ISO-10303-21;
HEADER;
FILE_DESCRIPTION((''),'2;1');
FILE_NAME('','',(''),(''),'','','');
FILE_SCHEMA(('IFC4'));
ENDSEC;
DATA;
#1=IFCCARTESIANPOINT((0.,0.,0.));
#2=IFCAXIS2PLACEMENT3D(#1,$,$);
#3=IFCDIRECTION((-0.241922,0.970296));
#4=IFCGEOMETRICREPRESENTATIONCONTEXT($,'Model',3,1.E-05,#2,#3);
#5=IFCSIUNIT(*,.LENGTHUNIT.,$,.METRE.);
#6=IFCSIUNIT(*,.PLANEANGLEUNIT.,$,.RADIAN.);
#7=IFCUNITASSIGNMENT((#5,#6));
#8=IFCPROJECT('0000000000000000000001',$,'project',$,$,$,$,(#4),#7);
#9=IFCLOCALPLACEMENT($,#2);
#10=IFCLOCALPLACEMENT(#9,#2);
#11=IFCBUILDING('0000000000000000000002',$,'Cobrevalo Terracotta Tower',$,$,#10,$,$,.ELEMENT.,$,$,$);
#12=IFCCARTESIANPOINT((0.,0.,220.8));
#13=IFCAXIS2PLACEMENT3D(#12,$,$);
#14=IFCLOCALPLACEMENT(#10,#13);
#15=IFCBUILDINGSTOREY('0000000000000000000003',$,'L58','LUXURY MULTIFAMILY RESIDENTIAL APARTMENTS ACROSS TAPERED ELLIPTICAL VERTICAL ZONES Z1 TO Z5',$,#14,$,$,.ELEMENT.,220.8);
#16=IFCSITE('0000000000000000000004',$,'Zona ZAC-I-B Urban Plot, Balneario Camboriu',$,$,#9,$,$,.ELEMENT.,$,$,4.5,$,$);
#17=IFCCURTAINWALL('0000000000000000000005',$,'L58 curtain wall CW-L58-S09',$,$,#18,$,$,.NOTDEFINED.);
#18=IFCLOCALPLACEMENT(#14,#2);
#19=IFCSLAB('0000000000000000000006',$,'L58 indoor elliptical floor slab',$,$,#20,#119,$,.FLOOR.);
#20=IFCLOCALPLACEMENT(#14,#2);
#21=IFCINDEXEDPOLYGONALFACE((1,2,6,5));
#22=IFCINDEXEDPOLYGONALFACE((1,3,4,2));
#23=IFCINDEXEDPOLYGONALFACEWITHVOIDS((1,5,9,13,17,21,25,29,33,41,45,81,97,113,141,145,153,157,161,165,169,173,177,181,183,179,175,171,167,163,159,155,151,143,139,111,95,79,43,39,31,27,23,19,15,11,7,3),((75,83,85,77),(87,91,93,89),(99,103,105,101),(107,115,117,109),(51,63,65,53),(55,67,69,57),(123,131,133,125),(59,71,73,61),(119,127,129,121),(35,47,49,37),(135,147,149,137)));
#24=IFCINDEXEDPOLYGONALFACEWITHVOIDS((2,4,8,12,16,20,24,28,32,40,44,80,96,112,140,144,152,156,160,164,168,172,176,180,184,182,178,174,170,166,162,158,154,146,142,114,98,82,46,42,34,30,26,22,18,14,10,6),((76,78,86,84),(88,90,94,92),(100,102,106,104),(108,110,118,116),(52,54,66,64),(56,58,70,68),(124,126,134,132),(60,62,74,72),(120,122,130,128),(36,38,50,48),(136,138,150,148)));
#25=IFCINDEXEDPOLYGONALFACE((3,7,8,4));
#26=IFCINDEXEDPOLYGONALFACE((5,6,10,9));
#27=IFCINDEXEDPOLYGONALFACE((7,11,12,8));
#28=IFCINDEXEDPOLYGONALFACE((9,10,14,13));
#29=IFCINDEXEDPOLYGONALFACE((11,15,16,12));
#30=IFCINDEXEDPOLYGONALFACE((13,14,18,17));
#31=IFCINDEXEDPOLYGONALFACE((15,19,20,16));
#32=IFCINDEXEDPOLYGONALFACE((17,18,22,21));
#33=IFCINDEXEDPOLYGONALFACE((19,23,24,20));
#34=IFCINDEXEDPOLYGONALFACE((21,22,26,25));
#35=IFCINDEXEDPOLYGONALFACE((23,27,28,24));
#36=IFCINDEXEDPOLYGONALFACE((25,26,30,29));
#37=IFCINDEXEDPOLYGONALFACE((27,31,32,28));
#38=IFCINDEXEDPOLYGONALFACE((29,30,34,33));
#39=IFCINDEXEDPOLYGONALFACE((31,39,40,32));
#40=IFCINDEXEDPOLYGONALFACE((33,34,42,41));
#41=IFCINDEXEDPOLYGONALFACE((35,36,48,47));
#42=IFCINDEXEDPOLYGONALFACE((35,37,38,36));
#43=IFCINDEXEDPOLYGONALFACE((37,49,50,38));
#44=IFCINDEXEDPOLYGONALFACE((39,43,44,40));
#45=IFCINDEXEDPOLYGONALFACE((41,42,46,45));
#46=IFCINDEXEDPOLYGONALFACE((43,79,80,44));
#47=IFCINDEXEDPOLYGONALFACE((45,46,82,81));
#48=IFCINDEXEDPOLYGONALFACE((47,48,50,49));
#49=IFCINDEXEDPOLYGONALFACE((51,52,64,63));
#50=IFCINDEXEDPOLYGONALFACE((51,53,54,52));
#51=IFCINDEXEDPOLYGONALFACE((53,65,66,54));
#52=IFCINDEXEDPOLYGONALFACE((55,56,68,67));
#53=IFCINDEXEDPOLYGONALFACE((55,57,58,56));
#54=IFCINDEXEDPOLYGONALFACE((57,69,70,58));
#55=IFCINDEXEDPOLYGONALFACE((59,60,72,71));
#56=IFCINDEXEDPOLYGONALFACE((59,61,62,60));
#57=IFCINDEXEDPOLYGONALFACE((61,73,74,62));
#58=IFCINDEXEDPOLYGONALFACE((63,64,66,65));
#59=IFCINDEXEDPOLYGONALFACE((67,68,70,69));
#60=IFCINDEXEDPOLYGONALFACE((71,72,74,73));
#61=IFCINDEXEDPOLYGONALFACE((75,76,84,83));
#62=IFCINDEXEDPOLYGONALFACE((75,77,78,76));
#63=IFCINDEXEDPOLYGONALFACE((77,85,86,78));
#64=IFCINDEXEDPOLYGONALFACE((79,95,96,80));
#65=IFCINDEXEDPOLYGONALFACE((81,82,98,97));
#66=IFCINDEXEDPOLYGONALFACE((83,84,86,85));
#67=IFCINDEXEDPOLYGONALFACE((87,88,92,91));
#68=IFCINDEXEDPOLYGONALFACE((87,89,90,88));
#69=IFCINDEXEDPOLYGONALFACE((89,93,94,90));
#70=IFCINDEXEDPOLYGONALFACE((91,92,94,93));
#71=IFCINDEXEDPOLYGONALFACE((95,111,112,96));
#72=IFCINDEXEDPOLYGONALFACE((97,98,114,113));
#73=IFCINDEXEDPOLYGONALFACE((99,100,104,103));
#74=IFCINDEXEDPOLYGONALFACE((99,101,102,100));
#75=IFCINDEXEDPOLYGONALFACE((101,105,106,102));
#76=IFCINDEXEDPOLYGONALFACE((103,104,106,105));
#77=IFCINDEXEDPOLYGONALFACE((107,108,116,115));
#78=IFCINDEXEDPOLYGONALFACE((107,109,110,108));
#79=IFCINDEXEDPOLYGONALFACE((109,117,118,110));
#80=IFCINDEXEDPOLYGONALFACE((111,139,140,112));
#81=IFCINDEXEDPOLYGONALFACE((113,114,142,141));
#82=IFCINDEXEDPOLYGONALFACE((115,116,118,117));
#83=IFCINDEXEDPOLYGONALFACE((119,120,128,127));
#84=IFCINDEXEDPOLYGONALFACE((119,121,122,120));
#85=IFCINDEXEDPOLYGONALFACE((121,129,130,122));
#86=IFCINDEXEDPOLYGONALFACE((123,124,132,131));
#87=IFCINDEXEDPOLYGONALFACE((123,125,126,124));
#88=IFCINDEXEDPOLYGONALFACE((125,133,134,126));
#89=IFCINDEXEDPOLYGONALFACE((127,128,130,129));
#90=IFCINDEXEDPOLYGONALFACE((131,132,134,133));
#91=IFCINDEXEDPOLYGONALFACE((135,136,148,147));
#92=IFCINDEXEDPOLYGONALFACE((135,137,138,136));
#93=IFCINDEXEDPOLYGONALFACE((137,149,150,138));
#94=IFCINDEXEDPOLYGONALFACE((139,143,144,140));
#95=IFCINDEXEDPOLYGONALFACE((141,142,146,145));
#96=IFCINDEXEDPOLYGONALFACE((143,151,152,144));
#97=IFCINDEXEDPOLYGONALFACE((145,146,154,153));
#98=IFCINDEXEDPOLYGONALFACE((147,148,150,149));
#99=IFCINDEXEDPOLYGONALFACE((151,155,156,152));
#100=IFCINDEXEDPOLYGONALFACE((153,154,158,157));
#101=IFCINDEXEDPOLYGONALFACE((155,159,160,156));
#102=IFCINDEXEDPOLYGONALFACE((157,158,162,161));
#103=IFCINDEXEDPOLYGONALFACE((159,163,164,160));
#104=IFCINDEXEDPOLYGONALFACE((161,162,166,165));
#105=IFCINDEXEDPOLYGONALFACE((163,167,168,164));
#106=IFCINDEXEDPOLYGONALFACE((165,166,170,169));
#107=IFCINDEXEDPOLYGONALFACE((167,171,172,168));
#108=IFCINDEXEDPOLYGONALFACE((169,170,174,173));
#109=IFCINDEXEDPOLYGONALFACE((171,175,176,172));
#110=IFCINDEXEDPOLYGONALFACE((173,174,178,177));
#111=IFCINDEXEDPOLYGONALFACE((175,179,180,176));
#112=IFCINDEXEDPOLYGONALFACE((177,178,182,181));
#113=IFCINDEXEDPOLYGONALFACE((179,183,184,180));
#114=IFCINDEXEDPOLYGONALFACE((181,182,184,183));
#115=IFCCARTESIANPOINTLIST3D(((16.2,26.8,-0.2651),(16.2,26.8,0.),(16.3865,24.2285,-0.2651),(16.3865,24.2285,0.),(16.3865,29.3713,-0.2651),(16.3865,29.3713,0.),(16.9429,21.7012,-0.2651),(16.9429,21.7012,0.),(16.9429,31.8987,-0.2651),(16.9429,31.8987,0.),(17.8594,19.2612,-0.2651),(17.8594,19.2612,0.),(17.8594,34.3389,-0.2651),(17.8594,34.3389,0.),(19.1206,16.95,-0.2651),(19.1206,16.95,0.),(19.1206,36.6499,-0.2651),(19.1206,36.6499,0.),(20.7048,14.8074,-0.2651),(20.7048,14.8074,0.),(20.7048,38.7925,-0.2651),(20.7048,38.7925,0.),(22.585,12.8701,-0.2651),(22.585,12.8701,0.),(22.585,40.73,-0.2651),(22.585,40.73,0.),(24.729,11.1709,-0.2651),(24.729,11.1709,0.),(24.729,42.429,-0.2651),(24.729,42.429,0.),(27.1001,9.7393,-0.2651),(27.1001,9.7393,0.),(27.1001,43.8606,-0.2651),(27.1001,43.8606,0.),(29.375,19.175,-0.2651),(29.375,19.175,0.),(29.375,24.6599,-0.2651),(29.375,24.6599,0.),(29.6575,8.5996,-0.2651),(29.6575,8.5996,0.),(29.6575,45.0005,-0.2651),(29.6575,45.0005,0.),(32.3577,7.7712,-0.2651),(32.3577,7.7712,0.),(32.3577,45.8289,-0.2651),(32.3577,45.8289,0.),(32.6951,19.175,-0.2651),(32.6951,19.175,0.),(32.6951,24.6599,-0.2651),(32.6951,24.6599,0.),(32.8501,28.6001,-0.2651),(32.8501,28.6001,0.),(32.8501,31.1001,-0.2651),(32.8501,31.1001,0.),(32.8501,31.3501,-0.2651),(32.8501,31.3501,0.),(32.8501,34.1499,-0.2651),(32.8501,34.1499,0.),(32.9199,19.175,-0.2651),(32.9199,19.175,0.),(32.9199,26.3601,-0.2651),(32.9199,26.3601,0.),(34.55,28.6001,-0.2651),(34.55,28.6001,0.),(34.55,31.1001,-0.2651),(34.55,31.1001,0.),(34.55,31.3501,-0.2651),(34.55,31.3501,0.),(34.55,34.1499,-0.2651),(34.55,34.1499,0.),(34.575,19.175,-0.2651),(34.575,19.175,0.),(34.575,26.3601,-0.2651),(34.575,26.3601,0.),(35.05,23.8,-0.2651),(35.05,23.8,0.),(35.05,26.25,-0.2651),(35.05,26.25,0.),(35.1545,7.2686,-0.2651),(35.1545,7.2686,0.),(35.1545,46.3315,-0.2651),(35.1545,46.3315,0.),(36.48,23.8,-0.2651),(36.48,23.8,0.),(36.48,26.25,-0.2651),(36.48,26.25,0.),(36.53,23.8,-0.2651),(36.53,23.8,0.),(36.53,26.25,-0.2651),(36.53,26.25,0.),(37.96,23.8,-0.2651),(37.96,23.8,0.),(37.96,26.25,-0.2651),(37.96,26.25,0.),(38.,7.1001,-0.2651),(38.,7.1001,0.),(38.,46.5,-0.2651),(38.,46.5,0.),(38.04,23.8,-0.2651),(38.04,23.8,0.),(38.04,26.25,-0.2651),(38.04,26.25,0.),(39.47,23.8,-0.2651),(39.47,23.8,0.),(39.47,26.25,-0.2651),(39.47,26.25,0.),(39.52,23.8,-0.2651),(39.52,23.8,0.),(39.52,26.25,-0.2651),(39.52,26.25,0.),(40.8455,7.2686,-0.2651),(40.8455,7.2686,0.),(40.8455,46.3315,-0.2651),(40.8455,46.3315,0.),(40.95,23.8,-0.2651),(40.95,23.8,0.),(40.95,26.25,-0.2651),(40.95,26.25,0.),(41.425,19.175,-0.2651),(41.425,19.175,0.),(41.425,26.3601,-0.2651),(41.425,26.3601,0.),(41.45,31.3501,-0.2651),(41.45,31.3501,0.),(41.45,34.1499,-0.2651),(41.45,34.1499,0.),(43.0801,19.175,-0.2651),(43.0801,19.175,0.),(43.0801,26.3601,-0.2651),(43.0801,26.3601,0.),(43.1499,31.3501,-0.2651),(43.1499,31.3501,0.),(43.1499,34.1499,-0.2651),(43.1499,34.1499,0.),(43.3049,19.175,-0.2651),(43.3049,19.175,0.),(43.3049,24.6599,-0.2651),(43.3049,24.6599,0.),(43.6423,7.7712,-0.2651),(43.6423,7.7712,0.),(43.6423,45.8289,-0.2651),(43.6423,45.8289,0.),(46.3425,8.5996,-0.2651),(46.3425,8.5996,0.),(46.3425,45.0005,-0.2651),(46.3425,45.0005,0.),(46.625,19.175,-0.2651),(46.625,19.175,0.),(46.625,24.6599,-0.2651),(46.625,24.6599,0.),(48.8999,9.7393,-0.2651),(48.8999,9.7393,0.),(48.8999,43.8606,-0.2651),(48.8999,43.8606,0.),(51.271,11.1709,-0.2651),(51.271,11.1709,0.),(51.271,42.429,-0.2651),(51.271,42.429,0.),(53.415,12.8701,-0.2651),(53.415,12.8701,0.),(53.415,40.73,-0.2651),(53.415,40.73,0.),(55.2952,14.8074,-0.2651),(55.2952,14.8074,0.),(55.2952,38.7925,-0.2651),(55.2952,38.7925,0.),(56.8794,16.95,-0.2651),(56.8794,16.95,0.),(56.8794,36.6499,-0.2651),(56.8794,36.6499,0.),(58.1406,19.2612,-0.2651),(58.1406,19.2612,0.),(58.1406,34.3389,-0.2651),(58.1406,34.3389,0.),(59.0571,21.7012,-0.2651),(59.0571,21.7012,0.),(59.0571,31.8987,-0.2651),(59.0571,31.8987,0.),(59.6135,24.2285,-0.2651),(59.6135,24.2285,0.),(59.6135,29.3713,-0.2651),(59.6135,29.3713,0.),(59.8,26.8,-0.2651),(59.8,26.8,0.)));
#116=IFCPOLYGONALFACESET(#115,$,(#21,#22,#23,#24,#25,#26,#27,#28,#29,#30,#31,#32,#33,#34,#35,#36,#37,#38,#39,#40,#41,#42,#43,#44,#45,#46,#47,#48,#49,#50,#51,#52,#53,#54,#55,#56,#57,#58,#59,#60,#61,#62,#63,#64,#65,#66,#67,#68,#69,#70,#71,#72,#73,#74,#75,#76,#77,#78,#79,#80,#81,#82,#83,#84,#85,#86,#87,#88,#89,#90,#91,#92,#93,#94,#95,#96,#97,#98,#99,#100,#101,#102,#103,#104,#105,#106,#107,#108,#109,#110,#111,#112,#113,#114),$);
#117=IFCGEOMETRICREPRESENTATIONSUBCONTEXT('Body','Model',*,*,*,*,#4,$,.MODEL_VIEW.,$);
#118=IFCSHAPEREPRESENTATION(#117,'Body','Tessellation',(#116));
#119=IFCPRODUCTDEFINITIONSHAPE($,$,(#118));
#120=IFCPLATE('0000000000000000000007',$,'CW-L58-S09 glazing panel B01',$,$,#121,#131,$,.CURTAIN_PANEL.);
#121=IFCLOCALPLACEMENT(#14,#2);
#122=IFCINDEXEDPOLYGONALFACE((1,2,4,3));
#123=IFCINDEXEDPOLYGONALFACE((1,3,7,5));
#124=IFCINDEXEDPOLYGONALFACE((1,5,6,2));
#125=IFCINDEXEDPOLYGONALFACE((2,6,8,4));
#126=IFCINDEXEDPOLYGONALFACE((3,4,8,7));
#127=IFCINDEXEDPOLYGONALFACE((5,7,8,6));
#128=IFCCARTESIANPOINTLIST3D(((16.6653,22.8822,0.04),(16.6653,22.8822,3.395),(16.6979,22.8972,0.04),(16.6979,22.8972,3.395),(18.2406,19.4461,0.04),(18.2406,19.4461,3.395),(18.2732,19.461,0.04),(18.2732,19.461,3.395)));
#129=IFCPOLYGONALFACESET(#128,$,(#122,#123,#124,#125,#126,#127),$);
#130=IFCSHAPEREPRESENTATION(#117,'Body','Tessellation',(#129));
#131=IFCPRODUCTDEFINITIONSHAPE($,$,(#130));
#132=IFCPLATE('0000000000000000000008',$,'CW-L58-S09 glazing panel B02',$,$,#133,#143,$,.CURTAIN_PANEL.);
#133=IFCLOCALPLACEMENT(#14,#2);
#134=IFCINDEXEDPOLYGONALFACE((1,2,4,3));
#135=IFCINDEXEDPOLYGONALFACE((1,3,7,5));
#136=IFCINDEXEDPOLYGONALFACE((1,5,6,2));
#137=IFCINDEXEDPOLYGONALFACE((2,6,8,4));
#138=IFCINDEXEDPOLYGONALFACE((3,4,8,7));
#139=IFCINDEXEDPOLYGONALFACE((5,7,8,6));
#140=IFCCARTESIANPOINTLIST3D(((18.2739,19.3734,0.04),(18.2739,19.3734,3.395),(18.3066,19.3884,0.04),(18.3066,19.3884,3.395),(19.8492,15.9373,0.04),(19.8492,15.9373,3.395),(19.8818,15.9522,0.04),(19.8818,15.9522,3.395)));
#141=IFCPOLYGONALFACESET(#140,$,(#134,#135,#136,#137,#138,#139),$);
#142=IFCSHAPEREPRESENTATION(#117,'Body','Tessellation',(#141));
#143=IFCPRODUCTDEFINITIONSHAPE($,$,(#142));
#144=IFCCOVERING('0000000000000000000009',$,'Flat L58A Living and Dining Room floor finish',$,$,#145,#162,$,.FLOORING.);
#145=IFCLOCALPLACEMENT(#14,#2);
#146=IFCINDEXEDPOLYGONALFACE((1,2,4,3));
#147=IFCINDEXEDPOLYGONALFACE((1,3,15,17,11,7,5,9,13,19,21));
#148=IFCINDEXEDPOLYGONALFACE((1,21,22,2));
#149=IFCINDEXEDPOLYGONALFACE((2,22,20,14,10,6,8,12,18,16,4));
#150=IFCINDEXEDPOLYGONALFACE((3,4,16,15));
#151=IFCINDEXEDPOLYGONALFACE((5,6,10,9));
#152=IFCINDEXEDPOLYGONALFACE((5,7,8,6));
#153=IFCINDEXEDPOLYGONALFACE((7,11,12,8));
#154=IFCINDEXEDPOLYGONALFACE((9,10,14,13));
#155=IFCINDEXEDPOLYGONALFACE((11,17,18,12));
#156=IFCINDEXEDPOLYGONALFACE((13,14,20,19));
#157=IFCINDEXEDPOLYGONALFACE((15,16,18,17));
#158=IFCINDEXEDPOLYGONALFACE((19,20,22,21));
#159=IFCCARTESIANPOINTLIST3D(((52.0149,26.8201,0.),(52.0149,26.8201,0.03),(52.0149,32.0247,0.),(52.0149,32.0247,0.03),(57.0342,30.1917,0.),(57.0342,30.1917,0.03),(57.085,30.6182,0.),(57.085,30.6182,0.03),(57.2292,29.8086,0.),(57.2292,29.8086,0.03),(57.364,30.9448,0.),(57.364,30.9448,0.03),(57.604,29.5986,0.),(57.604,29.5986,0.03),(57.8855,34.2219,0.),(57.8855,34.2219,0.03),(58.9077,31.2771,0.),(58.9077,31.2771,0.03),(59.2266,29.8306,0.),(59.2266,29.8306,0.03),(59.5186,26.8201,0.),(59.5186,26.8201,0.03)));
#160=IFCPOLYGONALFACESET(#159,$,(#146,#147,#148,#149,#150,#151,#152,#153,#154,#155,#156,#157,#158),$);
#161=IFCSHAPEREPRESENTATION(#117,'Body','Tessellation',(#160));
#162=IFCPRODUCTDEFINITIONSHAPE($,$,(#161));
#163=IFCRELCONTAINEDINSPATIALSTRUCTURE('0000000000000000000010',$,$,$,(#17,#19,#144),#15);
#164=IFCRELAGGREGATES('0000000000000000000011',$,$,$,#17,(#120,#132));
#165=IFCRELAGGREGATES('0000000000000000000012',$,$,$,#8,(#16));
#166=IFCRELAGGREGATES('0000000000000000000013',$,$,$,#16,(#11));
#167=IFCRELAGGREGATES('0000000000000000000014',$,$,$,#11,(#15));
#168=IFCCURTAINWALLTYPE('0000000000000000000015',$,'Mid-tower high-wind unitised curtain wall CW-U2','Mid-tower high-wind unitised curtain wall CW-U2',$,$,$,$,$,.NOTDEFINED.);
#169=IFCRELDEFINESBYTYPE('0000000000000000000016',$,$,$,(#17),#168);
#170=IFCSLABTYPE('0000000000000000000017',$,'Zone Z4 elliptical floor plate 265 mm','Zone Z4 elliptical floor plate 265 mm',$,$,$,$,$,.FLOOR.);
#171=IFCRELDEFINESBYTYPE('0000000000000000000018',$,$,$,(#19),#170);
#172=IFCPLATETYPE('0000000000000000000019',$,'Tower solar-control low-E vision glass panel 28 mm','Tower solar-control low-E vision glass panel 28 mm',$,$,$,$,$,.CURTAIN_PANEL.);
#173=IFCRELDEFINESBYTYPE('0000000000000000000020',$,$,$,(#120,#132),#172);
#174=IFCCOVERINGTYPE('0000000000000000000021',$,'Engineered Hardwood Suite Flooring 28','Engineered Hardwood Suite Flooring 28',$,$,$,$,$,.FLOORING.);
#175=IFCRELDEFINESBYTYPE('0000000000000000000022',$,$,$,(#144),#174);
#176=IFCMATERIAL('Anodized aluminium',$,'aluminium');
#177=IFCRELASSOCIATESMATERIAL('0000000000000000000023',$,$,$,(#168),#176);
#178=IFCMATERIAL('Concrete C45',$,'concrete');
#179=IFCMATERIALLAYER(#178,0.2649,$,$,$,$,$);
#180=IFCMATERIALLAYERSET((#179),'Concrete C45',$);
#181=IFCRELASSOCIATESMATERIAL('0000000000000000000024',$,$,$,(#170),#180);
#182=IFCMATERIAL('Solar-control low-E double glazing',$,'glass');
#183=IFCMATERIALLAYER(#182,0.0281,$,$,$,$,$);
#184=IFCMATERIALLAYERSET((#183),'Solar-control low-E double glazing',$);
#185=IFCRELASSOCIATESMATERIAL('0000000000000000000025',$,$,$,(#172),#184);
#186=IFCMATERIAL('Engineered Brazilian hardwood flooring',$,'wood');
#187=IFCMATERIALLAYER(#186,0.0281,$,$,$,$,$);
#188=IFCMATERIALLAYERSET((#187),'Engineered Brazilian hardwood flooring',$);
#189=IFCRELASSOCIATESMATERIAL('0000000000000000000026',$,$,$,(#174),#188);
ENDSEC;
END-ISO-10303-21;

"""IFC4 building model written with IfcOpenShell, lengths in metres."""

from ifc_helpers import new_model, si_unit, direction, frame, origin, origin_2d, place, context, subcontext, project, spatial, polyline, rectangle, outline, extrude, source, transform, mapped, material, layer, layer_set, type_object, element, aggregate, save


model = new_model("IFC4")

# Units and contexts
model_context = context("Model", 3, precision=1e-05, world=origin(), true_north=direction((-0.241922, 0.970296)))
body_context = subcontext(model_context, "Body", "Model", "MODEL_VIEW")
ifc_project = project(units=[si_unit("LENGTHUNIT", "METRE"), si_unit("PLANEANGLEUNIT", "RADIAN")], contexts=[model_context])

# Site, building, storey
site_placement = place(None, origin())
site = spatial("IfcSite", under=ifc_project, at=site_placement, Name="Zona ZAC-I-B Urban Plot, Balneario Camboriu", CompositionType="ELEMENT", RefElevation=4.5)
building_placement = place(site_placement, origin())
building = spatial("IfcBuilding", under=site, at=building_placement, Name="Cobrevalo Terracotta Tower", CompositionType="ELEMENT")
storey_placement = place(building_placement, frame((0.0, 0.0, 220.8)))
storey = spatial("IfcBuildingStorey", under=building, at=storey_placement, Name="L58", Description="LUXURY MULTIFAMILY RESIDENTIAL APARTMENTS ACROSS TAPERED ELLIPTICAL VERTICAL ZONES Z1 TO Z5", CompositionType="ELEMENT", Elevation=220.8)

# Curtain wall
ifc_material_1 = material(Name="Anodized aluminium", Category="aluminium")
curtain_wall_type = type_object("IfcCurtainWallType", Name="Mid-tower high-wind unitised curtain wall CW-U2", Description="Mid-tower high-wind unitised curtain wall CW-U2", PredefinedType="NOTDEFINED", material=ifc_material_1)
curtain_wall_1_placement = place(storey_placement, origin())
curtain_wall_1 = element("IfcCurtainWall", 1, at=curtain_wall_1_placement, inside=storey, type_object=curtain_wall_type, Name="L58 curtain wall CW-L58-S09", PredefinedType="NOTDEFINED")

# Slab
ifc_material_2 = material(Name="Concrete C45", Category="concrete")
ifc_layer_1 = layer(ifc_material_2, 0.2649)
ifc_layer_set_1 = layer_set([ifc_layer_1], Name="Concrete C45")
slab_type_1 = type_object("IfcSlabType", Name="Zone Z4 elliptical floor plate 265 mm", Description="Zone Z4 elliptical floor plate 265 mm", PredefinedType="FLOOR", material=ifc_layer_set_1)
slab_1_placement = place(storey_placement, frame((0.0, 0.0, -0.2651)))
element("IfcSlab", 2, at=slab_1_placement, inside=storey, type_object=slab_type_1, Name="L58 indoor elliptical floor slab", PredefinedType="FLOOR", context=body_context, shape_type="SweptSolid", body=[
    extrude(outline(polyline([(59.6135, 24.2285), (59.0571, 21.7012), (58.1406, 19.2612), (56.8794, 16.95), (55.2952, 14.8074), (53.415, 12.8701), (51.271, 11.1709), (48.8999, 9.7393), (46.3425, 8.5996), (43.6423, 7.7712), (40.8455, 7.2686), (38.0, 7.1001), (35.1545, 7.2686), (32.3577, 7.7712), (29.6575, 8.5996), (27.1001, 9.7393), (24.729, 11.1709), (22.585, 12.8701), (20.7048, 14.8074), (19.1206, 16.95), (17.8594, 19.2612), (16.9429, 21.7012), (16.3865, 24.2285), (16.2, 26.8), (16.3865, 29.3713), (16.9429, 31.8987), (17.8594, 34.3389), (19.1206, 36.6499), (20.7048, 38.7925), (22.585, 40.73), (24.729, 42.429), (27.1001, 43.8606), (29.6575, 45.0005), (32.3577, 45.8289), (35.1545, 46.3315), (38.0, 46.5), (40.8455, 46.3315), (43.6423, 45.8289), (46.3425, 45.0005), (48.8999, 43.8606), (51.271, 42.429), (53.415, 40.73), (55.2952, 38.7925), (56.8794, 36.6499), (58.1406, 34.3389), (59.0571, 31.8987), (59.6135, 29.3713), (59.8, 26.8), (59.6135, 24.2285)]), holes=[polyline([(32.6951, 19.175), (32.6951, 24.6599), (29.375, 24.6599), (29.375, 19.175), (32.6951, 19.175)]), polyline([(34.575, 26.3601), (32.9199, 26.3601), (32.9199, 19.175), (34.575, 19.175), (34.575, 26.3601)]), polyline([(36.48, 26.25), (35.05, 26.25), (35.05, 23.8), (36.48, 23.8), (36.48, 26.25)]), polyline([(37.96, 23.8), (37.96, 26.25), (36.53, 26.25), (36.53, 23.8), (37.96, 23.8)]), polyline([(34.55, 28.6001), (34.55, 31.1001), (32.8501, 31.1001), (32.8501, 28.6001), (34.55, 28.6001)]), polyline([(34.55, 34.1499), (32.8501, 34.1499), (32.8501, 31.3501), (34.55, 31.3501), (34.55, 34.1499)]), polyline([(43.3049, 19.175), (46.625, 19.175), (46.625, 24.6599), (43.3049, 24.6599), (43.3049, 19.175)]), polyline([(43.0801, 19.175), (43.0801, 26.3601), (41.425, 26.3601), (41.425, 19.175), (43.0801, 19.175)]), polyline([(39.47, 26.25), (38.04, 26.25), (38.04, 23.8), (39.47, 23.8), (39.47, 26.25)]), polyline([(40.95, 23.8), (40.95, 26.25), (39.52, 26.25), (39.52, 23.8), (40.95, 23.8)]), polyline([(43.1499, 31.3501), (43.1499, 34.1499), (41.45, 34.1499), (41.45, 31.3501), (43.1499, 31.3501)])]), origin(), (0.0, 0.0, 1.0), 0.2651),
])

# Plates
ifc_material_3 = material(Name="Solar-control low-E double glazing", Category="glass")
ifc_layer_2 = layer(ifc_material_3, 0.0281)
ifc_layer_set_2 = layer_set([ifc_layer_2], Name="Solar-control low-E double glazing")
plate_type = type_object("IfcPlateType", Name="Tower solar-control low-E vision glass panel 28 mm", Description="Tower solar-control low-E vision glass panel 28 mm", PredefinedType="CURTAIN_PANEL", material=ifc_layer_set_2)
shared_shape_1 = source(origin(), body_context, "Body", "SweptSolid", [
    extrude(rectangle(XDim=3.78, YDim=0.0359, at=origin_2d()), origin(), (0.0, 0.0, 1.0), 3.355),
])
plate_1_placement = place(storey_placement, frame((17.4692, 21.1716, 0.04), z_axis=(0.0, 0.0, 1.0), x_axis=(0.416731, -0.90903, 0.0)))
plate_1 = element("IfcPlate", 3, at=plate_1_placement, type_object=plate_type, Name="CW-L58-S09 glazing panel B01", PredefinedType="CURTAIN_PANEL", context=body_context, shape_type="MappedRepresentation", body=[
    mapped(shared_shape_1, transform((0.0, 0.0, 0.0), scale=1.0)),
])
plate_2_placement = place(storey_placement, frame((19.0779, 17.6628, 0.04), z_axis=(0.0, 0.0, 1.0), x_axis=(0.416731, -0.90903, 0.0)))
plate_2 = element("IfcPlate", 4, at=plate_2_placement, type_object=plate_type, Name="CW-L58-S09 glazing panel B02", PredefinedType="CURTAIN_PANEL", context=body_context, shape_type="MappedRepresentation", body=[
    mapped(shared_shape_1, transform((0.0, 0.0, 0.0), scale=1.0)),
])
aggregate(curtain_wall_1, [plate_1, plate_2])

# Covering
ifc_material_4 = material(Name="Engineered Brazilian hardwood flooring", Category="wood")
ifc_layer_3 = layer(ifc_material_4, 0.0281)
ifc_layer_set_3 = layer_set([ifc_layer_3], Name="Engineered Brazilian hardwood flooring")
covering_type_1 = type_object("IfcCoveringType", Name="Engineered Hardwood Suite Flooring 28", Description="Engineered Hardwood Suite Flooring 28", PredefinedType="FLOORING", material=ifc_layer_set_3)
covering_1_placement = place(storey_placement, origin())
element("IfcCovering", 5, at=covering_1_placement, inside=storey, type_object=covering_type_1, Name="Flat L58A Living and Dining Room floor finish", PredefinedType="FLOORING", context=body_context, shape_type="SweptSolid", body=[
    extrude(outline(polyline([(57.8855, 34.2219), (58.9077, 31.2771), (57.364, 30.9448), (57.085, 30.6182), (57.0342, 30.1917), (57.2292, 29.8086), (57.604, 29.5986), (59.2266, 29.8306), (59.5186, 26.8201), (52.0149, 26.8201), (52.0149, 32.0247), (57.8855, 34.2219)])), origin(), (0.0, 0.0, 1.0), 0.03),
])

save(model, "model.ifc")
